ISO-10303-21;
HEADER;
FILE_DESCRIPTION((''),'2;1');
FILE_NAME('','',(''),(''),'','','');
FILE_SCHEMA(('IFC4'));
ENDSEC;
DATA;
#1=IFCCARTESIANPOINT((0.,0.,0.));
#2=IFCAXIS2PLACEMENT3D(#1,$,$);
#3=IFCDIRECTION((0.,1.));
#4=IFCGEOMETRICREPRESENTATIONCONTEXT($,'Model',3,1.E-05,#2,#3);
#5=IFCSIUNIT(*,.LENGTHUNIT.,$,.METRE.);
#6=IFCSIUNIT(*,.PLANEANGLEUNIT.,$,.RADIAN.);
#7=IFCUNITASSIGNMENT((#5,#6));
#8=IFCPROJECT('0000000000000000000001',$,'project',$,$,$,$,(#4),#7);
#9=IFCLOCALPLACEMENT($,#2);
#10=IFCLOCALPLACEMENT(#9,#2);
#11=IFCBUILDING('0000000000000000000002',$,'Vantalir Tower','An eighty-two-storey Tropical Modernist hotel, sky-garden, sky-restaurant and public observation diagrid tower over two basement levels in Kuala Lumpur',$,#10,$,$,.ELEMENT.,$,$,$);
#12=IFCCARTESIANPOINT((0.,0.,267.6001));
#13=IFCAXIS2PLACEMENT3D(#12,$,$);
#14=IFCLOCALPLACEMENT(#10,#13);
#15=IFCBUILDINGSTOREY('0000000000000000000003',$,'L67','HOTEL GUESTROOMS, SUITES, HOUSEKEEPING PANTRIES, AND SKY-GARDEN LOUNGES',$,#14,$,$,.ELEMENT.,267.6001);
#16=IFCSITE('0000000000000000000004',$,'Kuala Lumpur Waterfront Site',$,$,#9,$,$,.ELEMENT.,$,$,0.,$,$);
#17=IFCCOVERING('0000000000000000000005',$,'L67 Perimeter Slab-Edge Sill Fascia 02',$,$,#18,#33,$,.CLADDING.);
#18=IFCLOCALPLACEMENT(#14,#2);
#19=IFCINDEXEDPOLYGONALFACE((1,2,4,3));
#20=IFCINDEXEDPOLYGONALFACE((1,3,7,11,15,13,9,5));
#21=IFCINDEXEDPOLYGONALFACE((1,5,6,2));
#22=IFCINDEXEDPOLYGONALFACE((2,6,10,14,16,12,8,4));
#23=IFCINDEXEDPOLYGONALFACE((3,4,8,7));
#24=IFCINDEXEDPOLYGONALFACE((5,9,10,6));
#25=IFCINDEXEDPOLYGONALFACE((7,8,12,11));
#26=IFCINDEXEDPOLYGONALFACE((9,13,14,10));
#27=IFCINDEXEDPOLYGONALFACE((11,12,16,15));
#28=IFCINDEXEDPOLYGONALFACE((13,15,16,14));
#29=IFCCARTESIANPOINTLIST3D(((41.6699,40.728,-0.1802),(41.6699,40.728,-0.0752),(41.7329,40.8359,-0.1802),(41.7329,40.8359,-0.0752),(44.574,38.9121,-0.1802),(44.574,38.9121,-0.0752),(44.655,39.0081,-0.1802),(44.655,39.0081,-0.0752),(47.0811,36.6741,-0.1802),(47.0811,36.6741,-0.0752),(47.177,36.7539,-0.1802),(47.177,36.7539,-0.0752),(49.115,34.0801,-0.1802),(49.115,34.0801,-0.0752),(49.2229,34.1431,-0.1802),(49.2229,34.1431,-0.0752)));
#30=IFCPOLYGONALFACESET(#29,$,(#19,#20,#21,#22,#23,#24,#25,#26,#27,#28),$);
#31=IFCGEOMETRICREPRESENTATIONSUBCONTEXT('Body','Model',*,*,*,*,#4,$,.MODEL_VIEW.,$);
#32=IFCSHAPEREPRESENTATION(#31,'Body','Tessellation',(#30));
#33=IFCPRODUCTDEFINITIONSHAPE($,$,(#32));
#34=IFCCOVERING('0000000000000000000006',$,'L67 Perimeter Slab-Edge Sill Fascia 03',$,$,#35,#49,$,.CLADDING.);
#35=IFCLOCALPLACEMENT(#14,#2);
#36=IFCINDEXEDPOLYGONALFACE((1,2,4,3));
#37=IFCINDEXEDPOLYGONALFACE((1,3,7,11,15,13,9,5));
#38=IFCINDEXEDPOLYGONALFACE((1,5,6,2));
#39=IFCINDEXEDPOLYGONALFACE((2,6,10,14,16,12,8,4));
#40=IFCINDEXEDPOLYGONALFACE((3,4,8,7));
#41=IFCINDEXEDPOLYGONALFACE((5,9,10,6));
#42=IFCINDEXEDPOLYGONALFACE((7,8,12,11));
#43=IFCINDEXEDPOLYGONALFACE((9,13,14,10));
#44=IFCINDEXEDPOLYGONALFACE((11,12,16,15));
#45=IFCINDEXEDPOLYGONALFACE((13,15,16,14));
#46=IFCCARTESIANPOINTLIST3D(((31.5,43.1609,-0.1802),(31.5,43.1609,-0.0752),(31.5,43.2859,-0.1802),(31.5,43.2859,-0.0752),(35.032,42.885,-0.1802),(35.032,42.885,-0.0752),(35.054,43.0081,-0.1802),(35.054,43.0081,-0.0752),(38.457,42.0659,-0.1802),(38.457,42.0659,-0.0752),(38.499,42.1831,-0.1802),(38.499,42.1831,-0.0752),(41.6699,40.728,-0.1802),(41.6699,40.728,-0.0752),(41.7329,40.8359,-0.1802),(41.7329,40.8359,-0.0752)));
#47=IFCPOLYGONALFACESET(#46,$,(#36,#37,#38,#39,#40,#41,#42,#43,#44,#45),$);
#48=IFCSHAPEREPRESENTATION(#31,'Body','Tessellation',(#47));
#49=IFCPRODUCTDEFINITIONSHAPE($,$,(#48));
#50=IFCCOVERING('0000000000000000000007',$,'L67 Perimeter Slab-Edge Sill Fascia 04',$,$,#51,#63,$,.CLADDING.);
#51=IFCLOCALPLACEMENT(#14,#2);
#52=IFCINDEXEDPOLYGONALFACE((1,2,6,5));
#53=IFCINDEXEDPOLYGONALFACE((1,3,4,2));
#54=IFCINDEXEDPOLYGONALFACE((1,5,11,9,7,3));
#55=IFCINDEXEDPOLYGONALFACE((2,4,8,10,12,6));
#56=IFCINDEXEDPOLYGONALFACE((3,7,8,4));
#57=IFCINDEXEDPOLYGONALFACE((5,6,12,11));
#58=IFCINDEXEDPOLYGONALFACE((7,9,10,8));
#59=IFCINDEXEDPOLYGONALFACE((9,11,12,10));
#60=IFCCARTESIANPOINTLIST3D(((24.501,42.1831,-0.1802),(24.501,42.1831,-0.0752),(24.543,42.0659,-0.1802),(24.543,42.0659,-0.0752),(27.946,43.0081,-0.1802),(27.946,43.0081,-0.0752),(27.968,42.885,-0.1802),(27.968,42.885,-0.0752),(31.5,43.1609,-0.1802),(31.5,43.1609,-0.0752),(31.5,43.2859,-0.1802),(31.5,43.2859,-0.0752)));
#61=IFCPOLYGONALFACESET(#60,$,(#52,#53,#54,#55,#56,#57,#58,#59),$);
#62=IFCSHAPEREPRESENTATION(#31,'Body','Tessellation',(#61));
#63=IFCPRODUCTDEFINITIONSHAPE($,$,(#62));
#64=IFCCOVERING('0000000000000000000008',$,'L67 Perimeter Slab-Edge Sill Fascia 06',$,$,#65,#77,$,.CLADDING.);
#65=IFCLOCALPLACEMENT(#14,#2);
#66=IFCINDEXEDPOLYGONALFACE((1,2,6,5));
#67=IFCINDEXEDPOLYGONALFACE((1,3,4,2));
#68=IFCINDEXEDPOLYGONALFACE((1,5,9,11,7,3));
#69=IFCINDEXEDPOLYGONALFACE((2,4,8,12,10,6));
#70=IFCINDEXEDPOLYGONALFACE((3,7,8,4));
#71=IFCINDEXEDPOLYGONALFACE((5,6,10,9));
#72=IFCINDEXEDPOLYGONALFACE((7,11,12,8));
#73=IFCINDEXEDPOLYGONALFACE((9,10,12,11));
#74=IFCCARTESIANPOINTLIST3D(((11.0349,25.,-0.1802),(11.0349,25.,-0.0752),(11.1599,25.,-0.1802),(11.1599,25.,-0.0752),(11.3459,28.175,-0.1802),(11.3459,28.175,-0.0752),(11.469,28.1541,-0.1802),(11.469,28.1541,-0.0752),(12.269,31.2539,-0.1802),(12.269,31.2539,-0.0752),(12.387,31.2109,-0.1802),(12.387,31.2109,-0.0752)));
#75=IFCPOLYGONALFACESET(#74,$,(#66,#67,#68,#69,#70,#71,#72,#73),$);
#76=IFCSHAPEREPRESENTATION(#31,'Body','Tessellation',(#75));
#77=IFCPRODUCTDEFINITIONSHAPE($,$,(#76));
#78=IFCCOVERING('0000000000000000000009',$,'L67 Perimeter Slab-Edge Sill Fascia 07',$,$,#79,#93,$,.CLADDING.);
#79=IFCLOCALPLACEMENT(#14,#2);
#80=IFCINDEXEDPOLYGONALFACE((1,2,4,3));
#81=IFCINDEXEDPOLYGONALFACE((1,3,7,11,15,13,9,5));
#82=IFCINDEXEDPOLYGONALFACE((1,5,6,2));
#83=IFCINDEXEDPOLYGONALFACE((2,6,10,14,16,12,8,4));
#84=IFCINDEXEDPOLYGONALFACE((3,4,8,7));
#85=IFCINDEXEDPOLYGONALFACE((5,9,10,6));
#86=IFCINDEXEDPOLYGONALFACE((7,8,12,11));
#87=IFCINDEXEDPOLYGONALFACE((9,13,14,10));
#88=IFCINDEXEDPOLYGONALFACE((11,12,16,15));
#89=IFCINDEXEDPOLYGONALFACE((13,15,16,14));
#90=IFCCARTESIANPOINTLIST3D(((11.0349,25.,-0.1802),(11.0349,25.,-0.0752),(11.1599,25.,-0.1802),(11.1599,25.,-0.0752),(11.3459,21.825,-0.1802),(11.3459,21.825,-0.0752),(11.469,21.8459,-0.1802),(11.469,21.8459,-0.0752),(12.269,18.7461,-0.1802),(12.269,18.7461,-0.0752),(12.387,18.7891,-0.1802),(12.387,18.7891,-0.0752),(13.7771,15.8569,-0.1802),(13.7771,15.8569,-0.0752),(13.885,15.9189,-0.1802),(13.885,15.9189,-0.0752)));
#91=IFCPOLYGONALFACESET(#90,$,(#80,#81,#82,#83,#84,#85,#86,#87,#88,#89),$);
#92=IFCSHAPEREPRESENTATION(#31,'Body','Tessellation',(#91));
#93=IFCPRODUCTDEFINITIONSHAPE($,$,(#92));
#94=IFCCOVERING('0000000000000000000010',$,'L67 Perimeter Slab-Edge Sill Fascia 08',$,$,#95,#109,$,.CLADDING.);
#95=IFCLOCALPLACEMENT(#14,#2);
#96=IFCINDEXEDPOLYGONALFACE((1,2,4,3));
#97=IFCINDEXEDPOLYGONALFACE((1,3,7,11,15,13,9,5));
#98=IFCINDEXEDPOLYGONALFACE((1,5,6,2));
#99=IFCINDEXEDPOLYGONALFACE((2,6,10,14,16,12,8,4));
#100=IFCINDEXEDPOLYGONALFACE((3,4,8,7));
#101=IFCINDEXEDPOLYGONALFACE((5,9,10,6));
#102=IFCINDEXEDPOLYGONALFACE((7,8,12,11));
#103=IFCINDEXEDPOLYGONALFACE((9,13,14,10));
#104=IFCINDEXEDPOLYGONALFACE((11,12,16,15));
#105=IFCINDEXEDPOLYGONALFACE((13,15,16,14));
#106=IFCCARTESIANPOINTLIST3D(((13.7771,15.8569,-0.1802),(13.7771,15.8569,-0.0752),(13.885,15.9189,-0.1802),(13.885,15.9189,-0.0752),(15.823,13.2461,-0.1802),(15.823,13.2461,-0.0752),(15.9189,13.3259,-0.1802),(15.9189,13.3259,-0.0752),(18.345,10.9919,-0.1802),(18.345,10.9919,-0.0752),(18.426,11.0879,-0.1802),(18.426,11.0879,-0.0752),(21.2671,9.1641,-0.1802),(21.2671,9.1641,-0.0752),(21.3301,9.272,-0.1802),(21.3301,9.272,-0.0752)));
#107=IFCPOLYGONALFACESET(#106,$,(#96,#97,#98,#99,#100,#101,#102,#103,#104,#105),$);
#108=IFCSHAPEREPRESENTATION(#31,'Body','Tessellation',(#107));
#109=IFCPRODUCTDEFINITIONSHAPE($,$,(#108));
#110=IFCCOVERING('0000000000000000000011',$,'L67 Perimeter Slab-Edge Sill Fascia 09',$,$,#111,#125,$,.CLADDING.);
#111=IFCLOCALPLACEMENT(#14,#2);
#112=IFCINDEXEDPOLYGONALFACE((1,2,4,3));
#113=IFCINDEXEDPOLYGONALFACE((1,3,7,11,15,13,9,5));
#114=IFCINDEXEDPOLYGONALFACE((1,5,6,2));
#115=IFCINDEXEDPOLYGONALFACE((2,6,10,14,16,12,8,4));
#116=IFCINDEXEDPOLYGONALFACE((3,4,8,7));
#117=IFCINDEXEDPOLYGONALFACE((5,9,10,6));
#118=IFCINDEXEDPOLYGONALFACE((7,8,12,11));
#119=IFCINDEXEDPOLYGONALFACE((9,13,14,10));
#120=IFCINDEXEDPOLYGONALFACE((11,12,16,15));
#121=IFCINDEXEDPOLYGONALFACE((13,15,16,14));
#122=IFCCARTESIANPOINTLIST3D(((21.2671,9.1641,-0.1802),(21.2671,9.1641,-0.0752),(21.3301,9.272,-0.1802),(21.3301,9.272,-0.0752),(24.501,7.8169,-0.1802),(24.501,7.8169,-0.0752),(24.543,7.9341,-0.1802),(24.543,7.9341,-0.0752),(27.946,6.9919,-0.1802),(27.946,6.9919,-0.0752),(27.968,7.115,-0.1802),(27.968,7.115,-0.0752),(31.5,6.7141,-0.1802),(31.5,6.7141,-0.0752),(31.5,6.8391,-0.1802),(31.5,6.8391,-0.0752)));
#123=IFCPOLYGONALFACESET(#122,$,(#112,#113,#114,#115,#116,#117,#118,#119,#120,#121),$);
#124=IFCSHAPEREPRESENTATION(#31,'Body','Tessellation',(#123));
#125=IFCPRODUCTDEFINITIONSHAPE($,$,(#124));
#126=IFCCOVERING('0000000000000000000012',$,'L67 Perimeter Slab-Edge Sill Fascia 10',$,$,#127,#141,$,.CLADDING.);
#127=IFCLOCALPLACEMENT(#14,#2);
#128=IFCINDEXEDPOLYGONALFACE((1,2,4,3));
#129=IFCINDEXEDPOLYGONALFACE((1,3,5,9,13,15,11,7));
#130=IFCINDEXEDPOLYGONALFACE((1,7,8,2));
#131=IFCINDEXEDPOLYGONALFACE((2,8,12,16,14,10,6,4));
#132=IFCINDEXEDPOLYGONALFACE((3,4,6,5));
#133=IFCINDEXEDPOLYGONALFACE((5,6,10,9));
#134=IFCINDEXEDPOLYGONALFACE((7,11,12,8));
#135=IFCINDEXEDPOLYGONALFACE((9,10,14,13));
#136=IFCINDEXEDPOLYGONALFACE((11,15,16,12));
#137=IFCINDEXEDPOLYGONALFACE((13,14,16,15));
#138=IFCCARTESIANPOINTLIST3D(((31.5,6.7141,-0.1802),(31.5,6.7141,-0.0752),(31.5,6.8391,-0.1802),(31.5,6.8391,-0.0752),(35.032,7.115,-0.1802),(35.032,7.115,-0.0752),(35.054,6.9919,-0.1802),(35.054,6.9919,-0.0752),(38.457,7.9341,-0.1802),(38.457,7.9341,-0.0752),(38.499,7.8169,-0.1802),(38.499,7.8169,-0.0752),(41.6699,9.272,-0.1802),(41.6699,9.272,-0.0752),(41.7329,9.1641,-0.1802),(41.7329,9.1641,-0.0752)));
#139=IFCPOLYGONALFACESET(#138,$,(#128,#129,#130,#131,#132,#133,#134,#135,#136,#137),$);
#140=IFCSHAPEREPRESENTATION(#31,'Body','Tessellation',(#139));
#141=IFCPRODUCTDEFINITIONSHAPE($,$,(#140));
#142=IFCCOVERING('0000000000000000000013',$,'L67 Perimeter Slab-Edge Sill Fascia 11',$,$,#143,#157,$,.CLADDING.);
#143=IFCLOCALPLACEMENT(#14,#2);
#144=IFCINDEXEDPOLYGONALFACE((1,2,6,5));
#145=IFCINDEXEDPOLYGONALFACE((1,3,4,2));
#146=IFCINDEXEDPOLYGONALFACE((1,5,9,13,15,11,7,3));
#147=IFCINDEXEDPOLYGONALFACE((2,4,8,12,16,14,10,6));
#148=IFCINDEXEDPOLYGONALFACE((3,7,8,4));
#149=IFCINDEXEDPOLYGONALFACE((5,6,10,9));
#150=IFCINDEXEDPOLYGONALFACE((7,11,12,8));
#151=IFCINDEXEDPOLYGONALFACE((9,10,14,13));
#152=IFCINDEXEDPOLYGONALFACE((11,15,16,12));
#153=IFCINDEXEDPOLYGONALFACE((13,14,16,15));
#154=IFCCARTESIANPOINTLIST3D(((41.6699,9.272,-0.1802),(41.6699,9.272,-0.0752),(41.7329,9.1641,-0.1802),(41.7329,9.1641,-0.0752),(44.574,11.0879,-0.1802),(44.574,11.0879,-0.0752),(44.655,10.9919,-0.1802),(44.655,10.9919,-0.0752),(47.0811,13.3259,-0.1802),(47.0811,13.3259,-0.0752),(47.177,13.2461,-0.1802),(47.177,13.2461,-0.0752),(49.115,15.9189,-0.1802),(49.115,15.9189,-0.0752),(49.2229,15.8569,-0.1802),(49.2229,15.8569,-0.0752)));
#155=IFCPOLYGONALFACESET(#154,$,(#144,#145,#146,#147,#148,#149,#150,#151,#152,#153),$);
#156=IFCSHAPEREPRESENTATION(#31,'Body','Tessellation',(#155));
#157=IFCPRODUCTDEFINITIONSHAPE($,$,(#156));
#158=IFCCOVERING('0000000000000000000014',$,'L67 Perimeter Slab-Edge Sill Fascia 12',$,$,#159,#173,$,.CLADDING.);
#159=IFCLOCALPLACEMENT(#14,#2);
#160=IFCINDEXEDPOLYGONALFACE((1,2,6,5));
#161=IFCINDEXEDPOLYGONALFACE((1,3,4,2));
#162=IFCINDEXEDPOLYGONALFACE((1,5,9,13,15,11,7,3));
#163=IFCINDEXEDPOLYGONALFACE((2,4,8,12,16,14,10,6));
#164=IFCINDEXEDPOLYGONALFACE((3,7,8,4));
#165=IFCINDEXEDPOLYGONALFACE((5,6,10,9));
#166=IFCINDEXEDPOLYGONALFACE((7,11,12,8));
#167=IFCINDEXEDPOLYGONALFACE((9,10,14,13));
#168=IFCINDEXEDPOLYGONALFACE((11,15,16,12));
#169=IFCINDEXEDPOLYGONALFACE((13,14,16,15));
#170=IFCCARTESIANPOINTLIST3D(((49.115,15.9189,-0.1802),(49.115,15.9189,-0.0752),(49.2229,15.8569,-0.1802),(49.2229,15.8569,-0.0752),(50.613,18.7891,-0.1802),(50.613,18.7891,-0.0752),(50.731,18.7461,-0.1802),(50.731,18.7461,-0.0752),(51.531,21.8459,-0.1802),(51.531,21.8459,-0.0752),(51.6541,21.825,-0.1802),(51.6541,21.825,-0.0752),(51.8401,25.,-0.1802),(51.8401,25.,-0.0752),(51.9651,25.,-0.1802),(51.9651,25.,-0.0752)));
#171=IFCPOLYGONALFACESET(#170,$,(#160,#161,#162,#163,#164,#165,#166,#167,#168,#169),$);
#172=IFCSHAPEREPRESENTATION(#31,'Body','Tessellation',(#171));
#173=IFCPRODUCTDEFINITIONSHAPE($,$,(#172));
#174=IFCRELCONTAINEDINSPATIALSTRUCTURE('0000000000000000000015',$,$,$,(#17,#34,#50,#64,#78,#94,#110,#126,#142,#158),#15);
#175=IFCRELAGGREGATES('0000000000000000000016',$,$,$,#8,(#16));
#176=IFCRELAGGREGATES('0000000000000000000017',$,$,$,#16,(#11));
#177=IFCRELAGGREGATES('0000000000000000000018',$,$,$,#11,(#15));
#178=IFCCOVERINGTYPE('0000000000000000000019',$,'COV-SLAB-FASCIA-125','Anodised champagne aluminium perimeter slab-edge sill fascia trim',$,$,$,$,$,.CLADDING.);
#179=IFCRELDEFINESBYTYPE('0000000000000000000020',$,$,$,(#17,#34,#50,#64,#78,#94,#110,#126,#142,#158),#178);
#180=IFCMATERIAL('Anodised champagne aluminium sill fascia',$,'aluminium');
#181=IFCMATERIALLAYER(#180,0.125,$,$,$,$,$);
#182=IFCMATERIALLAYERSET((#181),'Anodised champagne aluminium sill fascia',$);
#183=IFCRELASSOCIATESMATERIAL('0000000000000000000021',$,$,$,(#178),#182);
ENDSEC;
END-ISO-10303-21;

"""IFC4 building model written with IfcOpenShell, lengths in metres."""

from ifc_helpers import new_model, si_unit, direction, frame, origin, place, context, subcontext, project, spatial, polyline, outline, extrude, material, layer, layer_set, type_object, element, save


model = new_model("IFC4")

# Units and contexts
model_context = context("Model", 3, precision=1e-05, world=origin(), true_north=direction((0.0, 1.0)))
body_context = subcontext(model_context, "Body", "Model", "MODEL_VIEW")
ifc_project = project(units=[si_unit("LENGTHUNIT", "METRE"), si_unit("PLANEANGLEUNIT", "RADIAN")], contexts=[model_context])

# Site, building, storey
site_placement = place(None, origin())
site = spatial("IfcSite", under=ifc_project, at=site_placement, Name="Kuala Lumpur Waterfront Site", CompositionType="ELEMENT", RefElevation=0.0)
building_placement = place(site_placement, origin())
building = spatial("IfcBuilding", under=site, at=building_placement, Name="Vantalir Tower", Description="An eighty-two-storey Tropical Modernist hotel, sky-garden, sky-restaurant and public observation diagrid tower over two basement levels in Kuala Lumpur", CompositionType="ELEMENT")
storey_placement = place(building_placement, frame((0.0, 0.0, 267.6001)))
storey = spatial("IfcBuildingStorey", under=building, at=storey_placement, Name="L67", Description="HOTEL GUESTROOMS, SUITES, HOUSEKEEPING PANTRIES, AND SKY-GARDEN LOUNGES", CompositionType="ELEMENT", Elevation=267.6001)

# Coverings
ifc_material_1 = material(Name="Anodised champagne aluminium sill fascia", Category="aluminium")
ifc_layer_1 = layer(ifc_material_1, 0.125)
ifc_layer_set_1 = layer_set([ifc_layer_1], Name="Anodised champagne aluminium sill fascia")
covering_type = type_object("IfcCoveringType", Name="COV-SLAB-FASCIA-125", Description="Anodised champagne aluminium perimeter slab-edge sill fascia trim", PredefinedType="CLADDING", material=ifc_layer_set_1)
covering_1_placement = place(storey_placement, frame((0.0, 0.0, -0.1802)))
element("IfcCovering", 1, at=covering_1_placement, inside=storey, type_object=covering_type, Name="L67 Perimeter Slab-Edge Sill Fascia 02", PredefinedType="CLADDING", context=body_context, shape_type="SweptSolid", body=[
    extrude(outline(polyline([(49.2229, 34.1431), (47.177, 36.7539), (44.655, 39.0081), (41.7329, 40.8359), (41.6699, 40.728), (44.574, 38.9121), (47.0811, 36.6741), (49.115, 34.0801), (49.2229, 34.1431)])), origin(), (0.0, 0.0, 1.0), 0.105),
])
covering_2_placement = place(storey_placement, frame((0.0, 0.0, -0.1802)))
element("IfcCovering", 2, at=covering_2_placement, inside=storey, type_object=covering_type, Name="L67 Perimeter Slab-Edge Sill Fascia 03", PredefinedType="CLADDING", context=body_context, shape_type="SweptSolid", body=[
    extrude(outline(polyline([(41.7329, 40.8359), (38.499, 42.1831), (35.054, 43.0081), (31.5, 43.2859), (31.5, 43.1609), (35.032, 42.885), (38.457, 42.0659), (41.6699, 40.728), (41.7329, 40.8359)])), origin(), (0.0, 0.0, 1.0), 0.105),
])
covering_3_placement = place(storey_placement, frame((0.0, 0.0, -0.1802)))
element("IfcCovering", 3, at=covering_3_placement, inside=storey, type_object=covering_type, Name="L67 Perimeter Slab-Edge Sill Fascia 04", PredefinedType="CLADDING", context=body_context, shape_type="SweptSolid", body=[
    extrude(outline(polyline([(31.5, 43.2859), (27.946, 43.0081), (24.501, 42.1831), (24.543, 42.0659), (27.968, 42.885), (31.5, 43.1609), (31.5, 43.2859)])), origin(), (0.0, 0.0, 1.0), 0.105),
])
covering_4_placement = place(storey_placement, frame((0.0, 0.0, -0.1802)))
element("IfcCovering", 4, at=covering_4_placement, inside=storey, type_object=covering_type, Name="L67 Perimeter Slab-Edge Sill Fascia 06", PredefinedType="CLADDING", context=body_context, shape_type="SweptSolid", body=[
    extrude(outline(polyline([(12.269, 31.2539), (11.3459, 28.175), (11.0349, 25.0), (11.1599, 25.0), (11.469, 28.1541), (12.387, 31.2109), (12.269, 31.2539)])), origin(), (0.0, 0.0, 1.0), 0.105),
])
covering_5_placement = place(storey_placement, frame((0.0, 0.0, -0.1802)))
element("IfcCovering", 5, at=covering_5_placement, inside=storey, type_object=covering_type, Name="L67 Perimeter Slab-Edge Sill Fascia 07", PredefinedType="CLADDING", context=body_context, shape_type="SweptSolid", body=[
    extrude(outline(polyline([(11.0349, 25.0), (11.3459, 21.825), (12.269, 18.7461), (13.7771, 15.8569), (13.885, 15.9189), (12.387, 18.7891), (11.469, 21.8459), (11.1599, 25.0), (11.0349, 25.0)])), origin(), (0.0, 0.0, 1.0), 0.105),
])
covering_6_placement = place(storey_placement, frame((0.0, 0.0, -0.1802)))
element("IfcCovering", 6, at=covering_6_placement, inside=storey, type_object=covering_type, Name="L67 Perimeter Slab-Edge Sill Fascia 08", PredefinedType="CLADDING", context=body_context, shape_type="SweptSolid", body=[
    extrude(outline(polyline([(13.7771, 15.8569), (15.823, 13.2461), (18.345, 10.9919), (21.2671, 9.1641), (21.3301, 9.272), (18.426, 11.0879), (15.9189, 13.3259), (13.885, 15.9189), (13.7771, 15.8569)])), origin(), (0.0, 0.0, 1.0), 0.105),
])
covering_7_placement = place(storey_placement, frame((0.0, 0.0, -0.1802)))
element("IfcCovering", 7, at=covering_7_placement, inside=storey, type_object=covering_type, Name="L67 Perimeter Slab-Edge Sill Fascia 09", PredefinedType="CLADDING", context=body_context, shape_type="SweptSolid", body=[
    extrude(outline(polyline([(21.2671, 9.1641), (24.501, 7.8169), (27.946, 6.9919), (31.5, 6.7141), (31.5, 6.8391), (27.968, 7.115), (24.543, 7.9341), (21.3301, 9.272), (21.2671, 9.1641)])), origin(), (0.0, 0.0, 1.0), 0.105),
])
covering_8_placement = place(storey_placement, frame((0.0, 0.0, -0.1802)))
element("IfcCovering", 8, at=covering_8_placement, inside=storey, type_object=covering_type, Name="L67 Perimeter Slab-Edge Sill Fascia 10", PredefinedType="CLADDING", context=body_context, shape_type="SweptSolid", body=[
    extrude(outline(polyline([(31.5, 6.7141), (35.054, 6.9919), (38.499, 7.8169), (41.7329, 9.1641), (41.6699, 9.272), (38.457, 7.9341), (35.032, 7.115), (31.5, 6.8391), (31.5, 6.7141)])), origin(), (0.0, 0.0, 1.0), 0.105),
])
covering_9_placement = place(storey_placement, frame((0.0, 0.0, -0.1802)))
element("IfcCovering", 9, at=covering_9_placement, inside=storey, type_object=covering_type, Name="L67 Perimeter Slab-Edge Sill Fascia 11", PredefinedType="CLADDING", context=body_context, shape_type="SweptSolid", body=[
    extrude(outline(polyline([(41.7329, 9.1641), (44.655, 10.9919), (47.177, 13.2461), (49.2229, 15.8569), (49.115, 15.9189), (47.0811, 13.3259), (44.574, 11.0879), (41.6699, 9.272), (41.7329, 9.1641)])), origin(), (0.0, 0.0, 1.0), 0.105),
])
covering_10_placement = place(storey_placement, frame((0.0, 0.0, -0.1802)))
element("IfcCovering", 10, at=covering_10_placement, inside=storey, type_object=covering_type, Name="L67 Perimeter Slab-Edge Sill Fascia 12", PredefinedType="CLADDING", context=body_context, shape_type="SweptSolid", body=[
    extrude(outline(polyline([(49.2229, 15.8569), (50.731, 18.7461), (51.6541, 21.825), (51.9651, 25.0), (51.8401, 25.0), (51.531, 21.8459), (50.613, 18.7891), (49.115, 15.9189), (49.2229, 15.8569)])), origin(), (0.0, 0.0, 1.0), 0.105),
])

save(model, "model.ifc")
